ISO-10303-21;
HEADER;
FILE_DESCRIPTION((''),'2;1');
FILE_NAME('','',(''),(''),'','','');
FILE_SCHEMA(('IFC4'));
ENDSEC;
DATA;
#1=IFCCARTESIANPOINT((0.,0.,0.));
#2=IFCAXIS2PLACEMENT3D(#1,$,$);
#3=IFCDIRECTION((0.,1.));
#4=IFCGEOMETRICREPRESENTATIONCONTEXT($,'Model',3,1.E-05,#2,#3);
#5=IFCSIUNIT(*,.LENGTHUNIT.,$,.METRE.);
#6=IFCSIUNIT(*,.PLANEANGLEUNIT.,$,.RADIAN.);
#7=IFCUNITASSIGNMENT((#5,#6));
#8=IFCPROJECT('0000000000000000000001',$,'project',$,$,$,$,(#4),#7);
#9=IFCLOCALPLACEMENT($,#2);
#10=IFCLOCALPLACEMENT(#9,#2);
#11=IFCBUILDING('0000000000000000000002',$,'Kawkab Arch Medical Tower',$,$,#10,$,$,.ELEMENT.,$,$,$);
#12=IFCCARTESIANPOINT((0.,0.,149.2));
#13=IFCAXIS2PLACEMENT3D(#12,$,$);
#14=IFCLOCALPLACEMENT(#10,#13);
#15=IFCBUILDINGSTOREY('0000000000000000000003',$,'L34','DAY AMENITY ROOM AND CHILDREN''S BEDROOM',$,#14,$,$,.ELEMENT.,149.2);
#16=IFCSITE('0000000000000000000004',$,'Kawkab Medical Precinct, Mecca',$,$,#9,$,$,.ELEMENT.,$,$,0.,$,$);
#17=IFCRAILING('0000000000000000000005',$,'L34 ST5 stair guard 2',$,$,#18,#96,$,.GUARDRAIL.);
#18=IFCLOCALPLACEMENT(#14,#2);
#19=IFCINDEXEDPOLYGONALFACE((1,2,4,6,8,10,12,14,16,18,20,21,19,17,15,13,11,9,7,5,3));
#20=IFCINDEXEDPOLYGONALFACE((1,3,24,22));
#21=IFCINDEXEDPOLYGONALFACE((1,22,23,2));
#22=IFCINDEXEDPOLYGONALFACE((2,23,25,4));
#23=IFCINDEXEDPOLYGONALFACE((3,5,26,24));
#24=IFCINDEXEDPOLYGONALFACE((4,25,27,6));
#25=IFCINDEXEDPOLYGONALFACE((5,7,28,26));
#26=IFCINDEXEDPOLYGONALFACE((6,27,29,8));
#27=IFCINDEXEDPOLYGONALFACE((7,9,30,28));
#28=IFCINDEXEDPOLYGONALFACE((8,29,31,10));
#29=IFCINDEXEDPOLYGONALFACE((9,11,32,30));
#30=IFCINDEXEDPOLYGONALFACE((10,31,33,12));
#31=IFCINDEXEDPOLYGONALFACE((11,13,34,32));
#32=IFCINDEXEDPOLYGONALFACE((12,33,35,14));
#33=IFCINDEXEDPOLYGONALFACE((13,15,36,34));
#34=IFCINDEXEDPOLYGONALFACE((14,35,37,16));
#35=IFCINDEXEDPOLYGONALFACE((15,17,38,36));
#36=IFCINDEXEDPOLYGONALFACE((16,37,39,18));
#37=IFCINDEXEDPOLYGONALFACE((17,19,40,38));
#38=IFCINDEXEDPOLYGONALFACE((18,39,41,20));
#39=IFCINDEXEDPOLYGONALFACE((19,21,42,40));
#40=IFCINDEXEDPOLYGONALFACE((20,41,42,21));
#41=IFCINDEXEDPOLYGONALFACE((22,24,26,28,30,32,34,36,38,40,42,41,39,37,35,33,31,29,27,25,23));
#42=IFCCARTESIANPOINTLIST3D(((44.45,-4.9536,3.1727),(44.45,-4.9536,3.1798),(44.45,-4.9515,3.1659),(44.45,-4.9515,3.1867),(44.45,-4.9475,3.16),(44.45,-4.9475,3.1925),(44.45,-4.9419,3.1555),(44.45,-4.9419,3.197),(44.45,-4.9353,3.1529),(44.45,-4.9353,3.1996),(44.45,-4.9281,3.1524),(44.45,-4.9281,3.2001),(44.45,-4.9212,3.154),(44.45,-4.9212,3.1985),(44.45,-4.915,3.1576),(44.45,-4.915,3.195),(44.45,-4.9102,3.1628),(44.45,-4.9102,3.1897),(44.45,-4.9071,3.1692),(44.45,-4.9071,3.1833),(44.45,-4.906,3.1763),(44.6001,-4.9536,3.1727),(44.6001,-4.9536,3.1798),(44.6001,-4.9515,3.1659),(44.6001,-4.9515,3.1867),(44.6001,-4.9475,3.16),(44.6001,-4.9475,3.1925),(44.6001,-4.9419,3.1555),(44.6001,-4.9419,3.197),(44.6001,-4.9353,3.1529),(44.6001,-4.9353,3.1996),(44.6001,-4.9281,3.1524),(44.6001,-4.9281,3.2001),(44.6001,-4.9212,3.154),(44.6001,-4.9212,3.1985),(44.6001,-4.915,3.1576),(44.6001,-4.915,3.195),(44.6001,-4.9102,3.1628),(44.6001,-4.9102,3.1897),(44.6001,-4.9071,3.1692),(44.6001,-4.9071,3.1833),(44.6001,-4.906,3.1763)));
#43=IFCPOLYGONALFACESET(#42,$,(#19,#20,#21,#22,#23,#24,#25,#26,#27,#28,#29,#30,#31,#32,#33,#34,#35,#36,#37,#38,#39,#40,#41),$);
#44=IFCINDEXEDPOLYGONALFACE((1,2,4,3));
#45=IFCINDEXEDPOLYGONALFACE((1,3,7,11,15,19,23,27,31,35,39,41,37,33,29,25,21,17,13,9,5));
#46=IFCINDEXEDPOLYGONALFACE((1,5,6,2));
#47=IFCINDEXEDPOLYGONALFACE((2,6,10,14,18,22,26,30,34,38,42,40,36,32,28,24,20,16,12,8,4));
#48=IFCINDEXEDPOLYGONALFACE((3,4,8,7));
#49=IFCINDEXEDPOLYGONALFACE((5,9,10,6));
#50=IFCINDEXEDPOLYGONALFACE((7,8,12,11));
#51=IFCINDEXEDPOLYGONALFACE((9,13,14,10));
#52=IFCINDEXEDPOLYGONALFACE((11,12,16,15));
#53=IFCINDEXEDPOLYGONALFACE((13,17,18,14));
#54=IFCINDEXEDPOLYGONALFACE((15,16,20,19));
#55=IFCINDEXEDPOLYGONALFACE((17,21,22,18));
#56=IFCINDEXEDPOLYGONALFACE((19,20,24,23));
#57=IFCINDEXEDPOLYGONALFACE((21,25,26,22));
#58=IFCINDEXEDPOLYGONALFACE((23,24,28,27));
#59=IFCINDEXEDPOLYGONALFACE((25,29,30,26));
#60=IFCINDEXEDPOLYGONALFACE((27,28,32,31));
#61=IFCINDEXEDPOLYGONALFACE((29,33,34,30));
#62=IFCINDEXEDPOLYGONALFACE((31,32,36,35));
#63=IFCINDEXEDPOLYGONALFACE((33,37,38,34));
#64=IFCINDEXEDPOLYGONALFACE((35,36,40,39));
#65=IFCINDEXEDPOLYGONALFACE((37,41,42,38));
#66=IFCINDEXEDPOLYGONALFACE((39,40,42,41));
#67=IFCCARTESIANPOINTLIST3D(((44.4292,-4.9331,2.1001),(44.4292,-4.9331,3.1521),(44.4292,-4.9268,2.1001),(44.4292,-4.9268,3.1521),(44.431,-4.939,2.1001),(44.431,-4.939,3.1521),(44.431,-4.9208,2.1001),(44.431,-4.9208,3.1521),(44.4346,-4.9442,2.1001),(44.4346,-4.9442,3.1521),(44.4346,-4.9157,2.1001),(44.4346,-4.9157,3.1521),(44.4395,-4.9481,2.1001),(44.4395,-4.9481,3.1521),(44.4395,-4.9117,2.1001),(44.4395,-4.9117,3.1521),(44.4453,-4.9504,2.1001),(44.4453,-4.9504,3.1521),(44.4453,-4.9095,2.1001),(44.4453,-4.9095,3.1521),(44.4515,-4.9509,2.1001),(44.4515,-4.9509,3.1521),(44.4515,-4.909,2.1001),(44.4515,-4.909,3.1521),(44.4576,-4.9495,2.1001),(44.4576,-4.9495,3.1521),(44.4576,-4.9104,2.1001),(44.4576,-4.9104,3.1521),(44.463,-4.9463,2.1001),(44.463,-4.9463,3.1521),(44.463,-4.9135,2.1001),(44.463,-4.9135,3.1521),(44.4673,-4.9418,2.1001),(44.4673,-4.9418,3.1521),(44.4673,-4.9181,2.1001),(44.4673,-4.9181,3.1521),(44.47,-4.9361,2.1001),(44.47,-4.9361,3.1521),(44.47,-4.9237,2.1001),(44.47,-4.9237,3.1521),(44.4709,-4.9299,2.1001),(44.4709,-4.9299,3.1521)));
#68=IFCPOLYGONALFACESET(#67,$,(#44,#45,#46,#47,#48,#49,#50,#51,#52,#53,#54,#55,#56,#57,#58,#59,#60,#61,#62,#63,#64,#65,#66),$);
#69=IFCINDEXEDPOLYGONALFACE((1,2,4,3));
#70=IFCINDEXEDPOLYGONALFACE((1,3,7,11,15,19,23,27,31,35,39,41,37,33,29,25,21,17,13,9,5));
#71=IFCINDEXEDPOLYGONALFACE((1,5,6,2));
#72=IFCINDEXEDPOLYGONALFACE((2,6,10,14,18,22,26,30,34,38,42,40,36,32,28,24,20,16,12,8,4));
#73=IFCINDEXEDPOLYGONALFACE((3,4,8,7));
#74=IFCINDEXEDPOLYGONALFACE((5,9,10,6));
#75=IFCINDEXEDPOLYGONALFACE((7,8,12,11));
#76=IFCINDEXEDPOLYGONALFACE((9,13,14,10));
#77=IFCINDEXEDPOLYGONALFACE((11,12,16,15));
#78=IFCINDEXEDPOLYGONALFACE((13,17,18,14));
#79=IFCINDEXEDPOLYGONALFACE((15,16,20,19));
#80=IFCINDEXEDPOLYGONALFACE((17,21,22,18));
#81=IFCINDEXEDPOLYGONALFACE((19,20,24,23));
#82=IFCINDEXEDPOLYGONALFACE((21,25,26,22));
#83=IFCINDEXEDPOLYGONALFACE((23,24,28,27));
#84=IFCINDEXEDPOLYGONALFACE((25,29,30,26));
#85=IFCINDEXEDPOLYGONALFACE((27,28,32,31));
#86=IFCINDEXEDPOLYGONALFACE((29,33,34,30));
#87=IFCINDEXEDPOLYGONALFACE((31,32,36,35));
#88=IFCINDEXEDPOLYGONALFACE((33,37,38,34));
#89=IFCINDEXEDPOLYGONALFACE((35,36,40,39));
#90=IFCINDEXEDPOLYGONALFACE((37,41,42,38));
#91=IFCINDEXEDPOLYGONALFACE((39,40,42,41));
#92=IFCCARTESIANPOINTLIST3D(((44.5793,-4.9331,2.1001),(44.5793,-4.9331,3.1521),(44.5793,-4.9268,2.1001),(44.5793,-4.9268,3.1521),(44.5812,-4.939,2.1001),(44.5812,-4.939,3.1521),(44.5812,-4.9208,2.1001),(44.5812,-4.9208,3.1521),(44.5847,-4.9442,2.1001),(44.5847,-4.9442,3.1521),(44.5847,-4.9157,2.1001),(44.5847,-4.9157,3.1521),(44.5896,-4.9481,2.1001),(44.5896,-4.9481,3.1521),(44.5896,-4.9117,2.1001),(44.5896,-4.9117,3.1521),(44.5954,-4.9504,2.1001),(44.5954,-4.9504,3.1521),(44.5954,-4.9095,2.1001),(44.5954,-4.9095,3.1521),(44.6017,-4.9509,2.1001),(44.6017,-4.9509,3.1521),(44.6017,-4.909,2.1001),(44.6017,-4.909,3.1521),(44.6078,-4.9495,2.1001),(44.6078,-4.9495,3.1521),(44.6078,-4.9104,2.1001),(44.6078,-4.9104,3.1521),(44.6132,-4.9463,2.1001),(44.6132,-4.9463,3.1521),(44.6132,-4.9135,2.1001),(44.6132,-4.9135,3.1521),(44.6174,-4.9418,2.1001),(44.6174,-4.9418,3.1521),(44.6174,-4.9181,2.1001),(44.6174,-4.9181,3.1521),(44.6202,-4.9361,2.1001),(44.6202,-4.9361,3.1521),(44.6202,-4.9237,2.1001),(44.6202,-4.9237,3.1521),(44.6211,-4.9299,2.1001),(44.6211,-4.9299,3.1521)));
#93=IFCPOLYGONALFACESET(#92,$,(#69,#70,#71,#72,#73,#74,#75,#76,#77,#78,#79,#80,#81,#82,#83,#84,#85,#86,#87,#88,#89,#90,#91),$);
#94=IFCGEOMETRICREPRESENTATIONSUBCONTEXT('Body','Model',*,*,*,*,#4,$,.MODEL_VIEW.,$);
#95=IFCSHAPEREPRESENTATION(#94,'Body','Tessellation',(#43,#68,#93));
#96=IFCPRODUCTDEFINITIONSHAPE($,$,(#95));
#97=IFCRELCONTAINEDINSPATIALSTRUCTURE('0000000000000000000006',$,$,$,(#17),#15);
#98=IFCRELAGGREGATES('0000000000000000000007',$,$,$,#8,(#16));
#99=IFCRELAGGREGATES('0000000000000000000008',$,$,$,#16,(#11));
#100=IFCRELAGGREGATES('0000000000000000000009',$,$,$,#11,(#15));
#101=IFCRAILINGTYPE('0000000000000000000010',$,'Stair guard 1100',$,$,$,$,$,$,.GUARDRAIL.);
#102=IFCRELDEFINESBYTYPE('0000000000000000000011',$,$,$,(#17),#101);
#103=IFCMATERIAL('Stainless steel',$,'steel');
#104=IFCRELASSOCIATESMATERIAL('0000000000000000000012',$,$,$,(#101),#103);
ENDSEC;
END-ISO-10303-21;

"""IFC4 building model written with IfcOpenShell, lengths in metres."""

from ifc_helpers import new_model, si_unit, direction, frame, origin, origin_2d, place, context, subcontext, project, spatial, circle, extrude, material, type_object, element, save


model = new_model("IFC4")

# Units and contexts
model_context = context("Model", 3, precision=1e-05, world=origin(), true_north=direction((0.0, 1.0)))
body_context = subcontext(model_context, "Body", "Model", "MODEL_VIEW")
ifc_project = project(units=[si_unit("LENGTHUNIT", "METRE"), si_unit("PLANEANGLEUNIT", "RADIAN")], contexts=[model_context])

# Site, building, storey
site_placement = place(None, origin())
site = spatial("IfcSite", under=ifc_project, at=site_placement, Name="Kawkab Medical Precinct, Mecca", CompositionType="ELEMENT", RefElevation=0.0)
building_placement = place(site_placement, origin())
building = spatial("IfcBuilding", under=site, at=building_placement, Name="Kawkab Arch Medical Tower", CompositionType="ELEMENT")
storey_placement = place(building_placement, frame((0.0, 0.0, 149.2)))
storey = spatial("IfcBuildingStorey", under=building, at=storey_placement, Name="L34", Description="DAY AMENITY ROOM AND CHILDREN'S BEDROOM", CompositionType="ELEMENT", Elevation=149.2)

# Railing
ifc_material_1 = material(Name="Stainless steel", Category="steel")
railing_type = type_object("IfcRailingType", Name="Stair guard 1100", PredefinedType="GUARDRAIL", material=ifc_material_1)
railing_1_placement = place(storey_placement, frame((44.45, -4.9299, 2.1001)))
element("IfcRailing", 1, at=railing_1_placement, inside=storey, type_object=railing_type, Name="L34 ST5 stair guard 2", PredefinedType="GUARDRAIL", context=body_context, shape_type="SweptSolid", body=[
    extrude(circle(Radius=0.0239, at=origin_2d()), frame((0.0, 0.0, 1.0762), z_axis=(1.0, 0.0, 0.0), x_axis=(0.0, 1.0, 0.0)), (0.0, 0.0, 1.0), 0.1501),
    extrude(circle(Radius=0.021, at=origin_2d()), origin(), (0.0, 0.0, 1.0), 1.052),
    extrude(circle(Radius=0.021, at=origin_2d()), frame((0.1501, 0.0, 0.0)), (0.0, 0.0, 1.0), 1.052),
])

save(model, "model.ifc")
